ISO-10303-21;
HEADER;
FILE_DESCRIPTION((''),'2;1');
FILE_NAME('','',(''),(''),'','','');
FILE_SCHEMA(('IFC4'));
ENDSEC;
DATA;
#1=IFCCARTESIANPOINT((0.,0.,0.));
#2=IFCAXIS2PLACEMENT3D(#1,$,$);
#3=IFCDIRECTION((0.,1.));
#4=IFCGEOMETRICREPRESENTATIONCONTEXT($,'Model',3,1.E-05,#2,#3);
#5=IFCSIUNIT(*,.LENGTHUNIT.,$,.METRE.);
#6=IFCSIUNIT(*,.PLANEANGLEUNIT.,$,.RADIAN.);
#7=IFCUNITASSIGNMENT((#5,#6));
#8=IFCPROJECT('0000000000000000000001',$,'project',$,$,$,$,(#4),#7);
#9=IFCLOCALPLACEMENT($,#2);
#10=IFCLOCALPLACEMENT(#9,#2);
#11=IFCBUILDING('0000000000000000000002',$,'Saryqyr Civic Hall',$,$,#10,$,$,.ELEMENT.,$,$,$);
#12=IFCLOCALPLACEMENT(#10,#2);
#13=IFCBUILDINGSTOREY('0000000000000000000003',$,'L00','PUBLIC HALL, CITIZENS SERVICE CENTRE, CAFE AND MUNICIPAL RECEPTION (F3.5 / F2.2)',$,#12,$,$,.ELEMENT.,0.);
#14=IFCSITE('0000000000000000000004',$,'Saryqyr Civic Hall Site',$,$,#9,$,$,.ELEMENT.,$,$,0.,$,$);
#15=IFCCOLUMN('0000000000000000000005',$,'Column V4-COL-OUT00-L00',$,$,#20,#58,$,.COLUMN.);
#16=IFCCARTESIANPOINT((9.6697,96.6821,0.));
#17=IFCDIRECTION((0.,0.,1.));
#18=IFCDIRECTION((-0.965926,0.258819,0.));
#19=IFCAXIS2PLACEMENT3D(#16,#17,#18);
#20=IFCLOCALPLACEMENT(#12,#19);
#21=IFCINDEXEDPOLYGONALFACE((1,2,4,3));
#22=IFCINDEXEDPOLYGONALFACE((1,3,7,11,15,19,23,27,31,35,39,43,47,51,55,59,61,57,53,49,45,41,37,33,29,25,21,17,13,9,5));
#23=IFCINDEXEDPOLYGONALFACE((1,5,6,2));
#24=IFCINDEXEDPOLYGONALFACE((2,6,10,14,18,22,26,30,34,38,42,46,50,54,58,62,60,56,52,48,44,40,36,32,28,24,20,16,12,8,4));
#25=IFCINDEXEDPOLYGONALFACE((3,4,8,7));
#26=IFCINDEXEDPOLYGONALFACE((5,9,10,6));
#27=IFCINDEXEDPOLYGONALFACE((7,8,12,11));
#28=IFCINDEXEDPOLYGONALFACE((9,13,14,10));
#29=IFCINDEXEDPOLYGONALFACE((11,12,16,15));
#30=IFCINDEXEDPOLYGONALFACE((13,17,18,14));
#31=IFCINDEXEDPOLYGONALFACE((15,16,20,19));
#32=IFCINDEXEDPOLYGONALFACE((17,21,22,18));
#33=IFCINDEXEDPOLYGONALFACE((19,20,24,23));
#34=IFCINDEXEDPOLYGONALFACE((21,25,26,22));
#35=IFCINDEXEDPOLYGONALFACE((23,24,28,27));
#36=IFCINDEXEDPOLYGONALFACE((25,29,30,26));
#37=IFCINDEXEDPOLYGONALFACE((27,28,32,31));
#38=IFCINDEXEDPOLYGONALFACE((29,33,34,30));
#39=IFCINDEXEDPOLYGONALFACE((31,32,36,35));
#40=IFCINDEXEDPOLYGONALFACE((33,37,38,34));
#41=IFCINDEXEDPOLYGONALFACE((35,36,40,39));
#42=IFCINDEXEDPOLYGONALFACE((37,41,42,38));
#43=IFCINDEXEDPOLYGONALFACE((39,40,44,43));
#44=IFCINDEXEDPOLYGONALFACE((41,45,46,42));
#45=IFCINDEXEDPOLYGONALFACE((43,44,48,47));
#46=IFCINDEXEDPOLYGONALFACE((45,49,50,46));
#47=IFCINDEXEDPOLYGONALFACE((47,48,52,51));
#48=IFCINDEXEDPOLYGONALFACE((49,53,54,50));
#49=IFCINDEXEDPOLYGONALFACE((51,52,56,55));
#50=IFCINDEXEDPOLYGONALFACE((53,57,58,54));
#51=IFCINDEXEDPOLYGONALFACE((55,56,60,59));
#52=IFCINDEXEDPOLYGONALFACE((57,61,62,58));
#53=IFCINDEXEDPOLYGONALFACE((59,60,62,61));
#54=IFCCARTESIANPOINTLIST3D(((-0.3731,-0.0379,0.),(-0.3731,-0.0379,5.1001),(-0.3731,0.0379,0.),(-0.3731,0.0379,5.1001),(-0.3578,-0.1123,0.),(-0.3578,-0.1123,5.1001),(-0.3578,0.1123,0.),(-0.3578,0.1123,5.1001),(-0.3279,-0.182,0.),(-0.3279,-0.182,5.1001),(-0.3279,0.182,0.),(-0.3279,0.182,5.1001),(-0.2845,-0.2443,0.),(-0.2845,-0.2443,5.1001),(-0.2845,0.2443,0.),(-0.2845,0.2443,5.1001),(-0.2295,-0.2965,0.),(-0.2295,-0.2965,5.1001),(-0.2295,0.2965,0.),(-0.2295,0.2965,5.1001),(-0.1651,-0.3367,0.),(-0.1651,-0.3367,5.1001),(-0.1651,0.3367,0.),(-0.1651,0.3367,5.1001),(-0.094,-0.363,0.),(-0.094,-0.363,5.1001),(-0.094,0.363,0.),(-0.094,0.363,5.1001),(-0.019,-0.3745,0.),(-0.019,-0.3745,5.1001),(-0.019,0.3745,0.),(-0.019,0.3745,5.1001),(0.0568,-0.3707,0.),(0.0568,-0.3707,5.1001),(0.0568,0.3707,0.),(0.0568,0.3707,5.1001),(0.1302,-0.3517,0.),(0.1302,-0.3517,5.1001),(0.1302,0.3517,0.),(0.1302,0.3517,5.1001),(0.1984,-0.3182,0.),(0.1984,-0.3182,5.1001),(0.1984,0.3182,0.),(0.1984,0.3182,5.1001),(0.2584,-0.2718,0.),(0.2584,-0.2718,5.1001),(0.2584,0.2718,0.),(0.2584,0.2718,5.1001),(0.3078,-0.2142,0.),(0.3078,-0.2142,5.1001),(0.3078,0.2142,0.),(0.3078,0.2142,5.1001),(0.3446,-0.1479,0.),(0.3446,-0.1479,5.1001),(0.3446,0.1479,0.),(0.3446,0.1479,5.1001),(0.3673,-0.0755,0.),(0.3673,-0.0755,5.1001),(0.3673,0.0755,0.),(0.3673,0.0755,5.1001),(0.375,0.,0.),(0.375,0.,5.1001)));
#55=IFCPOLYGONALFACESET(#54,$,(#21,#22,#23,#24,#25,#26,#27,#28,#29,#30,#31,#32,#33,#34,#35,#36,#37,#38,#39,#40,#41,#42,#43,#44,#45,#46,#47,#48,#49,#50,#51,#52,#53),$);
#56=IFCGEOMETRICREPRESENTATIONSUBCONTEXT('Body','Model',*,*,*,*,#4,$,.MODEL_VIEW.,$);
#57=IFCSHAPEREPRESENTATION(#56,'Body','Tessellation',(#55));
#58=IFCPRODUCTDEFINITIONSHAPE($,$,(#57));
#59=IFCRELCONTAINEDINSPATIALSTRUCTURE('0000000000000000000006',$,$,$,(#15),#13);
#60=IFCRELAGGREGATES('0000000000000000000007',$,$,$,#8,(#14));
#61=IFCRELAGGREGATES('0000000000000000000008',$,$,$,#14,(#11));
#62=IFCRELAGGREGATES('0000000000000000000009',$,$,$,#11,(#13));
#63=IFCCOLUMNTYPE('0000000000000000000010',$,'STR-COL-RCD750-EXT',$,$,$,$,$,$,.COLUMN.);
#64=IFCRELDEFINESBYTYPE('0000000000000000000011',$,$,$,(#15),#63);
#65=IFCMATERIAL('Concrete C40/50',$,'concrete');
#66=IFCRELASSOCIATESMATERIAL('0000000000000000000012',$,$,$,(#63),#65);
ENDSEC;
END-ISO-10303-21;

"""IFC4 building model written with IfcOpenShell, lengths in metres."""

from ifc_helpers import new_model, si_unit, direction, frame, origin, origin_2d, place, context, subcontext, project, spatial, circle, extrude, material, material_profile, profile_set, type_object, element, save


model = new_model("IFC4")

# Units and contexts
model_context = context("Model", 3, precision=1e-05, world=origin(), true_north=direction((0.0, 1.0)))
body_context = subcontext(model_context, "Body", "Model", "MODEL_VIEW")
ifc_project = project(units=[si_unit("LENGTHUNIT", "METRE"), si_unit("PLANEANGLEUNIT", "RADIAN")], contexts=[model_context])

# Site, building, storey
site_placement = place(None, origin())
site = spatial("IfcSite", under=ifc_project, at=site_placement, Name="Saryqyr Civic Hall Site", CompositionType="ELEMENT", RefElevation=0.0)
building_placement = place(site_placement, origin())
building = spatial("IfcBuilding", under=site, at=building_placement, Name="Saryqyr Civic Hall", CompositionType="ELEMENT")
storey_placement = place(building_placement, origin())
storey = spatial("IfcBuildingStorey", under=building, at=storey_placement, Name="L00", Description="PUBLIC HALL, CITIZENS SERVICE CENTRE, CAFE AND MUNICIPAL RECEPTION (F3.5 / F2.2)", CompositionType="ELEMENT", Elevation=0.0)

# Column
ifc_material_1 = material(Name="Concrete C40/50", Category="concrete")
ifc_material_profile_1 = material_profile(ifc_material_1, circle(Radius=0.375, at=origin_2d()), Name="RC D750")
ifc_profile_set_1 = profile_set([ifc_material_profile_1], Name="Concrete C40/50")
column_type_1 = type_object("IfcColumnType", Name="STR-COL-RCD750-EXT", PredefinedType="COLUMN", material=ifc_profile_set_1)
column_1_placement = place(storey_placement, frame((9.6697, 96.6821, 0.0), z_axis=(0.0, 0.0, 1.0), x_axis=(-0.965926, 0.258819, 0.0)))
element("IfcColumn", 1, at=column_1_placement, inside=storey, type_object=column_type_1, Name="Column V4-COL-OUT00-L00", PredefinedType="COLUMN", context=body_context, shape_type="SweptSolid", body=[
    extrude(circle(Radius=0.375, at=origin_2d()), origin(), (0.0, 0.0, 1.0), 5.1001),
])

save(model, "model.ifc")
